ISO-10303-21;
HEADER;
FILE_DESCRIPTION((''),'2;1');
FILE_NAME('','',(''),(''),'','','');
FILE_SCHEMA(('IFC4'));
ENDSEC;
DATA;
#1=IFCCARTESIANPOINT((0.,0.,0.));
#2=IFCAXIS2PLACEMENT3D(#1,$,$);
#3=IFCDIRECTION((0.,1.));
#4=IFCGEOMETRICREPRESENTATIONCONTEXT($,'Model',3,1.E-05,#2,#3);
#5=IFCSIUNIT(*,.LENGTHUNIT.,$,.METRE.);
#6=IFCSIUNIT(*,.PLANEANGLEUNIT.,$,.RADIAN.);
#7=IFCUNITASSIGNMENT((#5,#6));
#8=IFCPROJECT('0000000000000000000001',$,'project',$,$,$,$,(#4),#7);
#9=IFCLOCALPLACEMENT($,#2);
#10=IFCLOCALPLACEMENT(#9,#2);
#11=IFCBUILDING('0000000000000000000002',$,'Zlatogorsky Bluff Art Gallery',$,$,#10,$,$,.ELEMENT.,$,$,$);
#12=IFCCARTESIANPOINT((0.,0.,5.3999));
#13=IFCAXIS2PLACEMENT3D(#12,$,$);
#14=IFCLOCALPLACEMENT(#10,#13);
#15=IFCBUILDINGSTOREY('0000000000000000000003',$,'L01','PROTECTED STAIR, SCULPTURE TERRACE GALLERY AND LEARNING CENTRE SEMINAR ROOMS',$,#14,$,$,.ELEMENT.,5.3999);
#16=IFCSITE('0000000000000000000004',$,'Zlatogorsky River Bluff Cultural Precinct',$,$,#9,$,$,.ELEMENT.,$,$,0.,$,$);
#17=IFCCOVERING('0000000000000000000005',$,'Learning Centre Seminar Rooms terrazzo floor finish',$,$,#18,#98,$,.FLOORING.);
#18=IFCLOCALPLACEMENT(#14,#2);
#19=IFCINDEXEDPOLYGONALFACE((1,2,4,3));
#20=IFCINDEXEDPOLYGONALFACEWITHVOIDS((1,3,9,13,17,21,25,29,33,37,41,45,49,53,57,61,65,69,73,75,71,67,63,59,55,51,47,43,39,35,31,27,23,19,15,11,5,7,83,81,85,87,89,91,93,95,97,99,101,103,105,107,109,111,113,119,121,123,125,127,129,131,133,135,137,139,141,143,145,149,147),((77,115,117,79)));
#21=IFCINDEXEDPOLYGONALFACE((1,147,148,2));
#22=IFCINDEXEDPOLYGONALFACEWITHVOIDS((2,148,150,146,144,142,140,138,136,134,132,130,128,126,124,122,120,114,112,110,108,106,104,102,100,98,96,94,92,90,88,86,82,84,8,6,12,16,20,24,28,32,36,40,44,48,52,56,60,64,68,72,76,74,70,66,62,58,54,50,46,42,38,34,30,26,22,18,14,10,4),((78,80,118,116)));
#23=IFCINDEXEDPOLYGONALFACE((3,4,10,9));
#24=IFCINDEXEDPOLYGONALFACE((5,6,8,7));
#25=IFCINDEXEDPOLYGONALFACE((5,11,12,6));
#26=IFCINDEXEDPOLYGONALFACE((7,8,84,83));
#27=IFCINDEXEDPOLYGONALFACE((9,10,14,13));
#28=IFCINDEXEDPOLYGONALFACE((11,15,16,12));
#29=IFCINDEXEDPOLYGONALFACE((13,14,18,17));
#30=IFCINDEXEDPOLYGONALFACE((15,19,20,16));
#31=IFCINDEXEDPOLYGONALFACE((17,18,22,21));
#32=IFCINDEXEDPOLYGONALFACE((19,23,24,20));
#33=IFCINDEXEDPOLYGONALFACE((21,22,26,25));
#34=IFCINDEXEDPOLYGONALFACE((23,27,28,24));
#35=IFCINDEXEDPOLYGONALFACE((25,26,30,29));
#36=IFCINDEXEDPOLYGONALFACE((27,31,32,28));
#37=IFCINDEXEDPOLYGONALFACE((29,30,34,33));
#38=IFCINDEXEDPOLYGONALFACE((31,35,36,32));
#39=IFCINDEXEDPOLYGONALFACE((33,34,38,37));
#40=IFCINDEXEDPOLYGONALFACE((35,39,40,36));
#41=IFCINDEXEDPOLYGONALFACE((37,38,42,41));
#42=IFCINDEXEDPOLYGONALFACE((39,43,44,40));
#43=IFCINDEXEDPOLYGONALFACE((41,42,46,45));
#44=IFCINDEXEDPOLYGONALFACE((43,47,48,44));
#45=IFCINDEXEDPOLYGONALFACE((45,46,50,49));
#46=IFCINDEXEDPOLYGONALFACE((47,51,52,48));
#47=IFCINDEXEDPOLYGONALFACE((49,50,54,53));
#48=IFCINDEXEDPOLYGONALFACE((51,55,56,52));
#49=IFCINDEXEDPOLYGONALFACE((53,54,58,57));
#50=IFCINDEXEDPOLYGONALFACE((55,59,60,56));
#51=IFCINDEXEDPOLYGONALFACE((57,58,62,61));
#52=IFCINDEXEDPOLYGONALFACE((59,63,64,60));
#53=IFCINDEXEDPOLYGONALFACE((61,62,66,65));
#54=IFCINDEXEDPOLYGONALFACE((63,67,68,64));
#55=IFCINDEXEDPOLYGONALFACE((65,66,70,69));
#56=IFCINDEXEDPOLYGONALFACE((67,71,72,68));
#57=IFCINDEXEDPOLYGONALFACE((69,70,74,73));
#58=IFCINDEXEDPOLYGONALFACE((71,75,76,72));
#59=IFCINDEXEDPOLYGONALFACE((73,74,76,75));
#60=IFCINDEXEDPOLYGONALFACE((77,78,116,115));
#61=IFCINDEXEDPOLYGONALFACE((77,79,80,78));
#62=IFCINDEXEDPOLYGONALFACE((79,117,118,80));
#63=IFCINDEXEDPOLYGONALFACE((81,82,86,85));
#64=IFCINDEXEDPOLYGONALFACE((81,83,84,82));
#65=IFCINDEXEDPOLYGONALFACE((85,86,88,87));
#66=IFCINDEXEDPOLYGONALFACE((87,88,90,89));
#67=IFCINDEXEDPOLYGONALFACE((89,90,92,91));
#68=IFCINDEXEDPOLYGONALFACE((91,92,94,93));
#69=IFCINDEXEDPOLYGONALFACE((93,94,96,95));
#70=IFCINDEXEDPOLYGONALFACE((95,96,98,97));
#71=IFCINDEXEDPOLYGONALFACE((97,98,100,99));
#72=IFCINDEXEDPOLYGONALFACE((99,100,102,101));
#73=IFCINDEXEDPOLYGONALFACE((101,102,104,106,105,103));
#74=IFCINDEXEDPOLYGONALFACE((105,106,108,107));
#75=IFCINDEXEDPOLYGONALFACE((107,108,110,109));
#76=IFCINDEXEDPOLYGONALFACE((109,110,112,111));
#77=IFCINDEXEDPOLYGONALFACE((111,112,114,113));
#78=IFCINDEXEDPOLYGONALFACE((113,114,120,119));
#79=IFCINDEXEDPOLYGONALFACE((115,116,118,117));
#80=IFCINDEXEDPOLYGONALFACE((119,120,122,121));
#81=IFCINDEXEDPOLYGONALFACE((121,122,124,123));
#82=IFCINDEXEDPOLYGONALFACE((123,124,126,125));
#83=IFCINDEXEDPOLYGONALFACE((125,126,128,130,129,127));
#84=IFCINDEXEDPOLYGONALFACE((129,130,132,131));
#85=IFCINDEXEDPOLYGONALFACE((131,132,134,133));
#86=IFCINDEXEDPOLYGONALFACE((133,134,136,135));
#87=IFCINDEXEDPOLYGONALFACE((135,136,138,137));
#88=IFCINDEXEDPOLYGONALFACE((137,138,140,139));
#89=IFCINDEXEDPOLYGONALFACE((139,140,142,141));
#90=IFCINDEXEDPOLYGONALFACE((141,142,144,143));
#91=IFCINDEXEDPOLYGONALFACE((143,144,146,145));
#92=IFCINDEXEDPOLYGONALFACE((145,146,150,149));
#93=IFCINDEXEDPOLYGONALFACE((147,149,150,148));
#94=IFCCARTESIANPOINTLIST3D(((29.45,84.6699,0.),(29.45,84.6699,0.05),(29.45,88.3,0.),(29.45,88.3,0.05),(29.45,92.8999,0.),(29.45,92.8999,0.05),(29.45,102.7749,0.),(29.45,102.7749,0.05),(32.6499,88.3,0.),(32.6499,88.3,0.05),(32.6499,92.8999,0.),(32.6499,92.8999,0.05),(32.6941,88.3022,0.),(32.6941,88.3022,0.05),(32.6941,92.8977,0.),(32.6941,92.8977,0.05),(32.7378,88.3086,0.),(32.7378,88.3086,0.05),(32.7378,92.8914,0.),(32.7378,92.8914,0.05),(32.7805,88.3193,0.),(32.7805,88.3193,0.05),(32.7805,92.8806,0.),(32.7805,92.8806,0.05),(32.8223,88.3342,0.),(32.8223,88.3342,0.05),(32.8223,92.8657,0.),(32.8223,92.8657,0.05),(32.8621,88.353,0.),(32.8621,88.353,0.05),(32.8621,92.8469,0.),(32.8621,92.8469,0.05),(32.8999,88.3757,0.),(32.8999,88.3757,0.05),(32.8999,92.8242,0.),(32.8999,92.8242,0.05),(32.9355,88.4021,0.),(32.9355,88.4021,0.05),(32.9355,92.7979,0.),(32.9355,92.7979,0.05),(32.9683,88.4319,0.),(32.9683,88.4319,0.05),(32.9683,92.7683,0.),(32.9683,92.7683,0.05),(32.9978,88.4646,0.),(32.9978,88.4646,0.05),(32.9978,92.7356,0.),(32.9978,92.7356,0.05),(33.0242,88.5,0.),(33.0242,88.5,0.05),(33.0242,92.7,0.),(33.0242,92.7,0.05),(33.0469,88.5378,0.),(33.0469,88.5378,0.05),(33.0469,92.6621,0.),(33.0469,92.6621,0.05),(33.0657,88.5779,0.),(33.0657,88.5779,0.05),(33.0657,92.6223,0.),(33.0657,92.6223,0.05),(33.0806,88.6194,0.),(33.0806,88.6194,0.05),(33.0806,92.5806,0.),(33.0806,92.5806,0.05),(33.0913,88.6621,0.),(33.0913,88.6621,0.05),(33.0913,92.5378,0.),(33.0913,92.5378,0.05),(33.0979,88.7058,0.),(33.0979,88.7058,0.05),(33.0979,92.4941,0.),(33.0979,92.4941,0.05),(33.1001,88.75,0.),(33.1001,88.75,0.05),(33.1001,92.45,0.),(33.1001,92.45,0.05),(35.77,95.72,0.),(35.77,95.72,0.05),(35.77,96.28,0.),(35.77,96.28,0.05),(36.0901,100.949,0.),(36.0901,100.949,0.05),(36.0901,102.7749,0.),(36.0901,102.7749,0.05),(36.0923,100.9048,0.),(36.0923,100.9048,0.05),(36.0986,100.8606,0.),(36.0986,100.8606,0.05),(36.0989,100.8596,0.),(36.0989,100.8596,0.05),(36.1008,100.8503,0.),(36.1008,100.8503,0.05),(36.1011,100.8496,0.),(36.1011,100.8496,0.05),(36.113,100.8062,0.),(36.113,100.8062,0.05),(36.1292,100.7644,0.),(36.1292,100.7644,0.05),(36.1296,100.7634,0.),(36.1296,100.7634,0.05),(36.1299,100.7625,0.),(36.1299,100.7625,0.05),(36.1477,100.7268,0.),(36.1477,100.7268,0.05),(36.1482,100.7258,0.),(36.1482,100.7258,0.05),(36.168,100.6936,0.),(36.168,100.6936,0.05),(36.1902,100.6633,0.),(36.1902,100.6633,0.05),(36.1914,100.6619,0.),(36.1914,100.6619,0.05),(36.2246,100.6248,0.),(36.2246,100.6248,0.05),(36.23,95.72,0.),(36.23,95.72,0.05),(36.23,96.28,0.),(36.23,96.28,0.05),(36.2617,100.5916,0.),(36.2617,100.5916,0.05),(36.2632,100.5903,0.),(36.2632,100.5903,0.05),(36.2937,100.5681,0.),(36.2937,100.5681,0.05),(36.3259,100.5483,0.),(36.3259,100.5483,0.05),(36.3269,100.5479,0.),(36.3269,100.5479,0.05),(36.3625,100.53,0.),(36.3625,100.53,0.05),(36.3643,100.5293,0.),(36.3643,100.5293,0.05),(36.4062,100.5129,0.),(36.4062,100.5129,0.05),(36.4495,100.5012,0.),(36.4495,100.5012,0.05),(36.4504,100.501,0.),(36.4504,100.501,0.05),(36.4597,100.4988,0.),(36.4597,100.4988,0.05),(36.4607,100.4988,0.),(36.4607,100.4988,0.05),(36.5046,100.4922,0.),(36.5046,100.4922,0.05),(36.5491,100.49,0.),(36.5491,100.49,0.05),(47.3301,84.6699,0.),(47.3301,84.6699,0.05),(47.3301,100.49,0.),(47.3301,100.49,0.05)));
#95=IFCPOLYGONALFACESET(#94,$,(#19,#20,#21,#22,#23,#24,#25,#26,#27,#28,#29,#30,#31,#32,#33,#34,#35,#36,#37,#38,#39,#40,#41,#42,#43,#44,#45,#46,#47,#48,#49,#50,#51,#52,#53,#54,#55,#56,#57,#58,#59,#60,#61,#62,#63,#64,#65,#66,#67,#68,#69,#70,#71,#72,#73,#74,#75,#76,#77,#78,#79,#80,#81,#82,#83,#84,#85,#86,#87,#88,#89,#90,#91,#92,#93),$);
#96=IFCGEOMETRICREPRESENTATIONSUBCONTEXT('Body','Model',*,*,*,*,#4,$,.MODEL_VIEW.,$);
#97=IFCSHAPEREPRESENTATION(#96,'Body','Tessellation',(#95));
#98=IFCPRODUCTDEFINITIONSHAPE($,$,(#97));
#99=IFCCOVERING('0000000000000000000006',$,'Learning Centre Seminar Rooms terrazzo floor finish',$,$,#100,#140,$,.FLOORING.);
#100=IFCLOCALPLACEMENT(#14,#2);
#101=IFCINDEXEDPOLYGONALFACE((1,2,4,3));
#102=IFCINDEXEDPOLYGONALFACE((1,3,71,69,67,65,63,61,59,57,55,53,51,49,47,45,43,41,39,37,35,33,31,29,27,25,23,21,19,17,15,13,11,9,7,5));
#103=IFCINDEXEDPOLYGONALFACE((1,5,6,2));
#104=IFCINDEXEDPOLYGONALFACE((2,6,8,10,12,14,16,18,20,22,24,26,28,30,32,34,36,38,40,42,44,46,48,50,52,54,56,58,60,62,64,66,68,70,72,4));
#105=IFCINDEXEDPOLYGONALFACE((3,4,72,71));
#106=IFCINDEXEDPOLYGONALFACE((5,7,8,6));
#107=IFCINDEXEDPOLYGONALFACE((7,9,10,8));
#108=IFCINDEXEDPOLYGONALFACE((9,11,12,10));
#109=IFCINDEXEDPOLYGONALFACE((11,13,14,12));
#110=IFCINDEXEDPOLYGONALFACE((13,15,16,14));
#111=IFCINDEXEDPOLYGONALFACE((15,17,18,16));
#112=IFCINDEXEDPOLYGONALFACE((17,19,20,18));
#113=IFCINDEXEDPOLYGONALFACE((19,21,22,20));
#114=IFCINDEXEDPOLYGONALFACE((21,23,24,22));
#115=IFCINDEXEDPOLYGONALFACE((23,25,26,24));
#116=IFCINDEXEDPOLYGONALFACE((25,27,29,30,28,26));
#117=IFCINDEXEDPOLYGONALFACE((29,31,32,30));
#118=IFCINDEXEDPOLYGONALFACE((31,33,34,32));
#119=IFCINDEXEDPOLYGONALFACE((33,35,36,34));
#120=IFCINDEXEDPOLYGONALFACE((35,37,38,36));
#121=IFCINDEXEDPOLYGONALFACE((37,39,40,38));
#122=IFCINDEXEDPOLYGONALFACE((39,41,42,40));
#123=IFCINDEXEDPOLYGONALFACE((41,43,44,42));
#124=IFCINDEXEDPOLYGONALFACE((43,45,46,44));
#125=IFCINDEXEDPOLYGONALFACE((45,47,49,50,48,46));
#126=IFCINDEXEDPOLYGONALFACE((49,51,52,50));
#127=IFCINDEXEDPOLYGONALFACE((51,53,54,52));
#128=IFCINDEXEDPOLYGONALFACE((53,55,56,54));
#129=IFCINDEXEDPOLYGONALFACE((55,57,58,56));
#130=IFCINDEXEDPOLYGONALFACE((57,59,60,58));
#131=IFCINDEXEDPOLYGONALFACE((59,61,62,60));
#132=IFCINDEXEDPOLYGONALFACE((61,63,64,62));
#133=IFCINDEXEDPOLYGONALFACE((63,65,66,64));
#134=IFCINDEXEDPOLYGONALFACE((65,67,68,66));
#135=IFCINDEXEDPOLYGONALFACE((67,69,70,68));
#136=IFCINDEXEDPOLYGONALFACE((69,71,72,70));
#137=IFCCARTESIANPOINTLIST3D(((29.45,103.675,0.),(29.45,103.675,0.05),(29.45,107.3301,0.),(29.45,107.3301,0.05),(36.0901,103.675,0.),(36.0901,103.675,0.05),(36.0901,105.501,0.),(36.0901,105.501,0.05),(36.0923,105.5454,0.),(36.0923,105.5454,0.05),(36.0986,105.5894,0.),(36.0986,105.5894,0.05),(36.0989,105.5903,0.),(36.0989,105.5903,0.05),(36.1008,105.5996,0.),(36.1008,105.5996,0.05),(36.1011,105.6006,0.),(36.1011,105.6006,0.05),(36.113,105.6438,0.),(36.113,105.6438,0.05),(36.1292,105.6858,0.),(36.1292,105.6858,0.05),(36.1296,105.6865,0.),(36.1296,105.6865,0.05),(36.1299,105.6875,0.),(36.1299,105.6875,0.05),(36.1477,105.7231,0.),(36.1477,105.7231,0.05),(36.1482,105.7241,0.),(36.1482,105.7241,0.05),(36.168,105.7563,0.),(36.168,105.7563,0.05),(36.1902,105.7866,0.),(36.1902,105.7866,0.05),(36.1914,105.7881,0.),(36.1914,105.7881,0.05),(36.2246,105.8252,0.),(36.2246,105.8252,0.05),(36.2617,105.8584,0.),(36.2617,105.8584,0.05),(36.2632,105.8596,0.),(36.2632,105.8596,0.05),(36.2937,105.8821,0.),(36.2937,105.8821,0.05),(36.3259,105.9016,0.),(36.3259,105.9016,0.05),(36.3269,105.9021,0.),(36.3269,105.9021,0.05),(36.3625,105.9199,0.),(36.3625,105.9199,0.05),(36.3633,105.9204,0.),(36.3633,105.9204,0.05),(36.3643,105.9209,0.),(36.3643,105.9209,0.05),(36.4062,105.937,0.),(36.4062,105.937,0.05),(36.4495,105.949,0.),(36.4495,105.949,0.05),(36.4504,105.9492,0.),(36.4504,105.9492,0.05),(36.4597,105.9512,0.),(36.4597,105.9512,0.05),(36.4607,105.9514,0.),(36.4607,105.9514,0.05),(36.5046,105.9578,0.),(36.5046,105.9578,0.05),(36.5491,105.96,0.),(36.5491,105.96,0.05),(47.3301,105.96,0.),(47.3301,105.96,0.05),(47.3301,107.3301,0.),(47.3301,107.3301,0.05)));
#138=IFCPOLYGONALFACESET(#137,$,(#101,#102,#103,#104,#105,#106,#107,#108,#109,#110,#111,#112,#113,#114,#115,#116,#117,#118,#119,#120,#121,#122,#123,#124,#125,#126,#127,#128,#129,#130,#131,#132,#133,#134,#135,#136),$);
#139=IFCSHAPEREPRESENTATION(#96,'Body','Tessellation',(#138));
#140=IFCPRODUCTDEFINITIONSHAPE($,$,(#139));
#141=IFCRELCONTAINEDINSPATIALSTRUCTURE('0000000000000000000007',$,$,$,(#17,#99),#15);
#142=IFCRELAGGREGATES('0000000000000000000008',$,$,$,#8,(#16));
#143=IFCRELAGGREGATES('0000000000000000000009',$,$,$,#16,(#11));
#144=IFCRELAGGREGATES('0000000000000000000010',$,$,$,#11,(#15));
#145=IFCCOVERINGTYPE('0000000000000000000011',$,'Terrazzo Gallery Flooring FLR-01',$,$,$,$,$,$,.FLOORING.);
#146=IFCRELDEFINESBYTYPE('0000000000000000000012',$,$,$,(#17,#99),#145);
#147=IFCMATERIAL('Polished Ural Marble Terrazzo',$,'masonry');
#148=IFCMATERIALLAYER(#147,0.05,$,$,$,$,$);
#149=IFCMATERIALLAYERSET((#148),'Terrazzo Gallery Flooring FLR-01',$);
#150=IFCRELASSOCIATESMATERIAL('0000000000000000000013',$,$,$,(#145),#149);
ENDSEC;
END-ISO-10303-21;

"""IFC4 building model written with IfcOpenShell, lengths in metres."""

from ifc_helpers import new_model, si_unit, direction, frame, origin, place, context, subcontext, project, spatial, polyline, outline, extrude, material, layer, layer_set, type_object, element, save


model = new_model("IFC4")

# Units and contexts
model_context = context("Model", 3, precision=1e-05, world=origin(), true_north=direction((0.0, 1.0)))
body_context = subcontext(model_context, "Body", "Model", "MODEL_VIEW")
ifc_project = project(units=[si_unit("LENGTHUNIT", "METRE"), si_unit("PLANEANGLEUNIT", "RADIAN")], contexts=[model_context])

# Site, building, storey
site_placement = place(None, origin())
site = spatial("IfcSite", under=ifc_project, at=site_placement, Name="Zlatogorsky River Bluff Cultural Precinct", CompositionType="ELEMENT", RefElevation=0.0)
building_placement = place(site_placement, origin())
building = spatial("IfcBuilding", under=site, at=building_placement, Name="Zlatogorsky Bluff Art Gallery", CompositionType="ELEMENT")
storey_placement = place(building_placement, frame((0.0, 0.0, 5.3999)))
storey = spatial("IfcBuildingStorey", under=building, at=storey_placement, Name="L01", Description="PROTECTED STAIR, SCULPTURE TERRACE GALLERY AND LEARNING CENTRE SEMINAR ROOMS", CompositionType="ELEMENT", Elevation=5.3999)

# Coverings
ifc_material_1 = material(Name="Polished Ural Marble Terrazzo", Category="masonry")
ifc_layer_1 = layer(ifc_material_1, 0.05)
ifc_layer_set_1 = layer_set([ifc_layer_1], Name="Terrazzo Gallery Flooring FLR-01")
covering_type_1 = type_object("IfcCoveringType", Name="Terrazzo Gallery Flooring FLR-01", PredefinedType="FLOORING", material=ifc_layer_set_1)
covering_1_placement = place(storey_placement, origin())
element("IfcCovering", 1, at=covering_1_placement, inside=storey, type_object=covering_type_1, Name="Learning Centre Seminar Rooms terrazzo floor finish", PredefinedType="FLOORING", context=body_context, shape_type="SweptSolid", body=[
    extrude(outline(polyline([(32.6499, 88.3), (32.6941, 88.3022), (32.7378, 88.3086), (32.7805, 88.3193), (32.8223, 88.3342), (32.8621, 88.353), (32.8999, 88.3757), (32.9355, 88.4021), (32.9683, 88.4319), (32.9978, 88.4646), (33.0242, 88.5), (33.0469, 88.5378), (33.0657, 88.5779), (33.0806, 88.6194), (33.0913, 88.6621), (33.0979, 88.7058), (33.1001, 88.75), (33.1001, 92.45), (33.0979, 92.4941), (33.0913, 92.5378), (33.0806, 92.5806), (33.0657, 92.6223), (33.0469, 92.6621), (33.0242, 92.7), (32.9978, 92.7356), (32.9683, 92.7683), (32.9355, 92.7979), (32.8999, 92.8242), (32.8621, 92.8469), (32.8223, 92.8657), (32.7805, 92.8806), (32.7378, 92.8914), (32.6941, 92.8977), (32.6499, 92.8999), (29.45, 92.8999), (29.45, 102.7749), (36.0901, 102.7749), (36.0901, 100.949), (36.0923, 100.9048), (36.0986, 100.8606), (36.0989, 100.8596), (36.1008, 100.8503), (36.1011, 100.8496), (36.113, 100.8062), (36.1292, 100.7644), (36.1296, 100.7634), (36.1299, 100.7625), (36.1477, 100.7268), (36.1482, 100.7258), (36.168, 100.6936), (36.1902, 100.6633), (36.1914, 100.6619), (36.2246, 100.6248), (36.2617, 100.5916), (36.2632, 100.5903), (36.2937, 100.5681), (36.3259, 100.5483), (36.3269, 100.5479), (36.3625, 100.53), (36.3643, 100.5293), (36.4062, 100.5129), (36.4495, 100.5012), (36.4504, 100.501), (36.4597, 100.4988), (36.4607, 100.4988), (36.5046, 100.4922), (36.5491, 100.49), (47.3301, 100.49), (47.3301, 84.6699), (29.45, 84.6699), (29.45, 88.3), (32.6499, 88.3)]), holes=[polyline([(35.77, 95.72), (36.23, 95.72), (36.23, 96.28), (35.77, 96.28), (35.77, 95.72)])]), origin(), (0.0, 0.0, 1.0), 0.05),
])
covering_2_placement = place(storey_placement, origin())
element("IfcCovering", 2, at=covering_2_placement, inside=storey, type_object=covering_type_1, Name="Learning Centre Seminar Rooms terrazzo floor finish", PredefinedType="FLOORING", context=body_context, shape_type="SweptSolid", body=[
    extrude(outline(polyline([(36.5491, 105.96), (36.5046, 105.9578), (36.4607, 105.9514), (36.4597, 105.9512), (36.4504, 105.9492), (36.4495, 105.949), (36.4062, 105.937), (36.3643, 105.9209), (36.3633, 105.9204), (36.3625, 105.9199), (36.3269, 105.9021), (36.3259, 105.9016), (36.2937, 105.8821), (36.2632, 105.8596), (36.2617, 105.8584), (36.2246, 105.8252), (36.1914, 105.7881), (36.1902, 105.7866), (36.168, 105.7563), (36.1482, 105.7241), (36.1477, 105.7231), (36.1299, 105.6875), (36.1296, 105.6865), (36.1292, 105.6858), (36.113, 105.6438), (36.1011, 105.6006), (36.1008, 105.5996), (36.0989, 105.5903), (36.0986, 105.5894), (36.0923, 105.5454), (36.0901, 105.501), (36.0901, 103.675), (29.45, 103.675), (29.45, 107.3301), (47.3301, 107.3301), (47.3301, 105.96), (36.5491, 105.96)])), origin(), (0.0, 0.0, 1.0), 0.05),
])

save(model, "model.ifc")
